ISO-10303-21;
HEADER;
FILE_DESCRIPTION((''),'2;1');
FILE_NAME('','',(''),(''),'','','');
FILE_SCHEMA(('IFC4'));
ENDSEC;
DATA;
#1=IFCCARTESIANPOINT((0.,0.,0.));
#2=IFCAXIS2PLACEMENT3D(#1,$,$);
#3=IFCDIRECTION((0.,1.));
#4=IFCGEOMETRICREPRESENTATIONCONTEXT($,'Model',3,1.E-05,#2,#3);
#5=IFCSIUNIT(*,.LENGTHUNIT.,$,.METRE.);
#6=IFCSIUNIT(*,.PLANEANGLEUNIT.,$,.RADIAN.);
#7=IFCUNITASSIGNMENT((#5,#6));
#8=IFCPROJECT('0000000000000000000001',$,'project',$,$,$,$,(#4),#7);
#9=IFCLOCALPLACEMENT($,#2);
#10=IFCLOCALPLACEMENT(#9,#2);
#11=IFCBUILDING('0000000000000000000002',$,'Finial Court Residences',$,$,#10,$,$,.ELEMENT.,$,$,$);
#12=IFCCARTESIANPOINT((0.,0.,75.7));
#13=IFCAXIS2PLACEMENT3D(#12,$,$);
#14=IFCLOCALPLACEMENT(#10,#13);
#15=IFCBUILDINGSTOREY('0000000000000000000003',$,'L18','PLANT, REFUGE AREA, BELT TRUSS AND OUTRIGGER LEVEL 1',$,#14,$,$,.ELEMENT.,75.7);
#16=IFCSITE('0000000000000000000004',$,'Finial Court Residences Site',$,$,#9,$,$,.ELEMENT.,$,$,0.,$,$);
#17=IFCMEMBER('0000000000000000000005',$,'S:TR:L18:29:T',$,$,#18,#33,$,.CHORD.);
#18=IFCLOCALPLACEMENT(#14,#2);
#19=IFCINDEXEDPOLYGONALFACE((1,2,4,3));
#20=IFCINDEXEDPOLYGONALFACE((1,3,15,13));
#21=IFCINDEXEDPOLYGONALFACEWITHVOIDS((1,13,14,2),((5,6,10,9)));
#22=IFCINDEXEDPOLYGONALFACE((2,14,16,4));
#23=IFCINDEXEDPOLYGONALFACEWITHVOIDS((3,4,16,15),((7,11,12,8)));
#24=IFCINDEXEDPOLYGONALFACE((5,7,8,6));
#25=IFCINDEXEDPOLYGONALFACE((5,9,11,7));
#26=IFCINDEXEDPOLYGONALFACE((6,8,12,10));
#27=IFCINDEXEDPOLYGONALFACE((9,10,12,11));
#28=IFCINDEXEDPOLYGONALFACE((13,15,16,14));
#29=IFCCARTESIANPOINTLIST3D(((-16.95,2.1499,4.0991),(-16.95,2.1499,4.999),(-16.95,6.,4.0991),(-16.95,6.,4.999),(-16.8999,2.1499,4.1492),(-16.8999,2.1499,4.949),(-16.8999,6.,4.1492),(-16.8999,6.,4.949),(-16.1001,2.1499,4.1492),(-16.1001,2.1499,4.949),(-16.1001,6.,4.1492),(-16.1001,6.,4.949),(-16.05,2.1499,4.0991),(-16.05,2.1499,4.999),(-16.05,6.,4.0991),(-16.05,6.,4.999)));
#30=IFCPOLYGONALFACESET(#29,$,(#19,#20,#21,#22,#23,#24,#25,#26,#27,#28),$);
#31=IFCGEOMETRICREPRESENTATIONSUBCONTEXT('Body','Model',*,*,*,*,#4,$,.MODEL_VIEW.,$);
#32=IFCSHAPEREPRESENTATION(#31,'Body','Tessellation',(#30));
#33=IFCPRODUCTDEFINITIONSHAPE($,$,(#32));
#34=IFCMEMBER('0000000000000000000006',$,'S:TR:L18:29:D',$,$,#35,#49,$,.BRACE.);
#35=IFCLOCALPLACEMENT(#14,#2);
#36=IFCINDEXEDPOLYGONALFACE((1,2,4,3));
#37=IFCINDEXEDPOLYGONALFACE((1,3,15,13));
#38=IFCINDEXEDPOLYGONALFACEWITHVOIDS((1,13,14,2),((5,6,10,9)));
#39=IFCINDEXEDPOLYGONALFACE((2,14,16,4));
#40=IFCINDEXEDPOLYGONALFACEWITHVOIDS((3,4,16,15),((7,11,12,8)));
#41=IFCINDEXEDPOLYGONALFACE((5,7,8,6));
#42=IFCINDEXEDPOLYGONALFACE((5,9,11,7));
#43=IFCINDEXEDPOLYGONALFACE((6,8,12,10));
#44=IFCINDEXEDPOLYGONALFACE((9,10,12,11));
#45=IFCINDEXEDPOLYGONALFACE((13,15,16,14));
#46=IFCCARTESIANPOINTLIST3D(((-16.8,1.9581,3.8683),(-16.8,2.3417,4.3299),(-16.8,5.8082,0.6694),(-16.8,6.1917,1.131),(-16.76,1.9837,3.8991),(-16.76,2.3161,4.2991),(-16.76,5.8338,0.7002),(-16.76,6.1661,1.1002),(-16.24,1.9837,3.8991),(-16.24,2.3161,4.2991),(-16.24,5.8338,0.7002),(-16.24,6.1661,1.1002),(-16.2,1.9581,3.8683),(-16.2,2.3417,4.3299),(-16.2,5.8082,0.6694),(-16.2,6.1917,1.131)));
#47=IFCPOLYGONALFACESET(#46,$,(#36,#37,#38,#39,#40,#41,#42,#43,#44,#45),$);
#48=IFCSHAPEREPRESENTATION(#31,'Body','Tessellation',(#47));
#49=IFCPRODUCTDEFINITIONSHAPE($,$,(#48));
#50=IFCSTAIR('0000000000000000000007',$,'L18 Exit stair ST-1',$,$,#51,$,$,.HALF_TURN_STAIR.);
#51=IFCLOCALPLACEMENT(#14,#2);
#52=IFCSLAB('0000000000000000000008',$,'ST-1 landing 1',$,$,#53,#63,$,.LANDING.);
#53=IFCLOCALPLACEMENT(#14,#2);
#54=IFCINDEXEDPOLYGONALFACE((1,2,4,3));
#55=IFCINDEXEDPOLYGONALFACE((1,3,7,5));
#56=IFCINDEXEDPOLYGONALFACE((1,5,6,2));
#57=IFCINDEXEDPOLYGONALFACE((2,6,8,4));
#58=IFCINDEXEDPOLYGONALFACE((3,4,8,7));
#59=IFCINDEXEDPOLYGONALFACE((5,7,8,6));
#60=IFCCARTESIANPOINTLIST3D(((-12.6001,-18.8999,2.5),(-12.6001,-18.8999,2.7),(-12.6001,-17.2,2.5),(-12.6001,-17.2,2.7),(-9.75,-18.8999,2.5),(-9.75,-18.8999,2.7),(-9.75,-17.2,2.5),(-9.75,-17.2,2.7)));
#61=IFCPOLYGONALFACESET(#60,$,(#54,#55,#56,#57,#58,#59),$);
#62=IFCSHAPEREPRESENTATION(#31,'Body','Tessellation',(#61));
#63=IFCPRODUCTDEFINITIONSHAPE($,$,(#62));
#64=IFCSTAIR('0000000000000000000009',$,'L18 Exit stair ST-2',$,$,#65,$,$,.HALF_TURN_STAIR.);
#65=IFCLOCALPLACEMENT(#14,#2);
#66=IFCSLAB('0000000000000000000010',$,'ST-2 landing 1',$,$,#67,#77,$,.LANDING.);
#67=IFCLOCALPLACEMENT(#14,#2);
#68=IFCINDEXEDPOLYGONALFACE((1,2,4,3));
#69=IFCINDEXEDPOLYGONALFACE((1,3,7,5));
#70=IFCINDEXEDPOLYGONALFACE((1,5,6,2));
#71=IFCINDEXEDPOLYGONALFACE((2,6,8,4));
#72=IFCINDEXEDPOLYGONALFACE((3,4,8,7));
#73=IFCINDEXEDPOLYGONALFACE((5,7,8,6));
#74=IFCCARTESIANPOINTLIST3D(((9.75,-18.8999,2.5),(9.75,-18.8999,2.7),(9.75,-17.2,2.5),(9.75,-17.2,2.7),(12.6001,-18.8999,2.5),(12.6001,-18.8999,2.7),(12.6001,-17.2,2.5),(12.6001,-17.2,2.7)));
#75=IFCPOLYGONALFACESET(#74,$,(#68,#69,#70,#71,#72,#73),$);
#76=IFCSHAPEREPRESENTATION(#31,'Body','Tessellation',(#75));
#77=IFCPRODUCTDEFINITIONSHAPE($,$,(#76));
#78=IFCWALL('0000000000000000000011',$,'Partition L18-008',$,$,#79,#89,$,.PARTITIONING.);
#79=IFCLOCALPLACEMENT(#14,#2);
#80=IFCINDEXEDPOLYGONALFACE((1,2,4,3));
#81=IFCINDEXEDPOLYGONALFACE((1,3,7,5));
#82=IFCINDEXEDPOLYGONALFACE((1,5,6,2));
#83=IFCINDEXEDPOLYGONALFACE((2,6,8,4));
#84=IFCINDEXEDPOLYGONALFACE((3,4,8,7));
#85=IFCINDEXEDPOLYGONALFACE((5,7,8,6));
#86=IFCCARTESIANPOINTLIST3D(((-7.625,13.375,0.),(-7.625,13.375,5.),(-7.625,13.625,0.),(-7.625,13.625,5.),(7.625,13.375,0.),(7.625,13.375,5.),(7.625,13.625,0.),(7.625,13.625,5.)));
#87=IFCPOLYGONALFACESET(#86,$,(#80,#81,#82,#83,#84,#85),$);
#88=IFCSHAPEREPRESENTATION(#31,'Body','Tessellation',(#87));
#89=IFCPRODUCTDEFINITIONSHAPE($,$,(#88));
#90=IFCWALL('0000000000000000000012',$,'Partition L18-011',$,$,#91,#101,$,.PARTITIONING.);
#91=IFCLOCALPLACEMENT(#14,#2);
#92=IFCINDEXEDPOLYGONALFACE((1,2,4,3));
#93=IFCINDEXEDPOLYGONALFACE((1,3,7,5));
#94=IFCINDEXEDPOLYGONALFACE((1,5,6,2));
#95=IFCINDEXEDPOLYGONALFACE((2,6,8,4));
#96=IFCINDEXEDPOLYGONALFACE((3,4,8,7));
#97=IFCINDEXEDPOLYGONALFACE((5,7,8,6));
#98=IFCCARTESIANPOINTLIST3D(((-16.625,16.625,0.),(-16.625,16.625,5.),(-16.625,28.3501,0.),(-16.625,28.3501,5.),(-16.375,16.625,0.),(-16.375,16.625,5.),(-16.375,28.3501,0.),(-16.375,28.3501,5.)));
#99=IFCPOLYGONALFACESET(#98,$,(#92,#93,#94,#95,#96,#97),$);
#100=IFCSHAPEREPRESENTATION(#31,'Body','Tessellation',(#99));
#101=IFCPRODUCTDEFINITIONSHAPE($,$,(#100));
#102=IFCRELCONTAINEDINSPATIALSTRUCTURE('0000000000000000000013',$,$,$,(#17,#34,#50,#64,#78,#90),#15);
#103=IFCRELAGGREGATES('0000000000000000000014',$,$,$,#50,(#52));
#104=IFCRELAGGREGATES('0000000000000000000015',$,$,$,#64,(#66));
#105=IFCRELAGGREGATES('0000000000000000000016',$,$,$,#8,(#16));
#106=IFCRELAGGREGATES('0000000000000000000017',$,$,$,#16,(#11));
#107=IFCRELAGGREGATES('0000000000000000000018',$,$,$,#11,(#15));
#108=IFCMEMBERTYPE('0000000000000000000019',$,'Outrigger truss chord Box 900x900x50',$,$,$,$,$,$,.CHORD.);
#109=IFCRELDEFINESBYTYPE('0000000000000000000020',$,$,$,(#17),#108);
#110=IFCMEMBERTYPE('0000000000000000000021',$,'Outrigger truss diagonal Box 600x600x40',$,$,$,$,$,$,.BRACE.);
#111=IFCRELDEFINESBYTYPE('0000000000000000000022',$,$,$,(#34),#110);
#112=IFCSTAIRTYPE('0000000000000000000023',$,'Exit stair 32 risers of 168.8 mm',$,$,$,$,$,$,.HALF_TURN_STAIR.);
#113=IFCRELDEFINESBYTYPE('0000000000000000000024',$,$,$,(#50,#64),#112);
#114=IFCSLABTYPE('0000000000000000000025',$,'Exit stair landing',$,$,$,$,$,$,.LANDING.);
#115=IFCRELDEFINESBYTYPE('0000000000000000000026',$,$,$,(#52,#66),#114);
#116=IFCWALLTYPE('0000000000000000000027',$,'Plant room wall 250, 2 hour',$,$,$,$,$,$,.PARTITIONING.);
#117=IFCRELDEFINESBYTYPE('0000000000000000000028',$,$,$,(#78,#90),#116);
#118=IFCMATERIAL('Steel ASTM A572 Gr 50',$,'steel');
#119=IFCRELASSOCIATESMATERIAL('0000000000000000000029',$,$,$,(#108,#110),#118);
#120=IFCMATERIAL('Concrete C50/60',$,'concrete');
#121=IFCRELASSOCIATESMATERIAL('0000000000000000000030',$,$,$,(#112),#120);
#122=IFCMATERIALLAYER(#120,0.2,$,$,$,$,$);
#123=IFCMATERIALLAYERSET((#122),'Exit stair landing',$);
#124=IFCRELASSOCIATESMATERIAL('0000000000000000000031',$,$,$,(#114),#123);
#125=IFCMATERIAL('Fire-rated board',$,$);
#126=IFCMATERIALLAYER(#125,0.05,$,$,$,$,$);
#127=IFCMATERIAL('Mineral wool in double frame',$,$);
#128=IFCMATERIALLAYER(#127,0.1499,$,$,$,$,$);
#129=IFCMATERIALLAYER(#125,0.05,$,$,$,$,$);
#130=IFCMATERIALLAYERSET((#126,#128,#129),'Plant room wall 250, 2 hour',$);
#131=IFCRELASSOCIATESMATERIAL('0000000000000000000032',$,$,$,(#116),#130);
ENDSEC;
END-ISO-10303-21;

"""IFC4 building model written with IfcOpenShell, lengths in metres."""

from ifc_helpers import new_model, si_unit, direction, frame, frame_2d, origin, origin_2d, place, context, subcontext, project, spatial, polyline, rectangle, hollow_rectangle, outline, extrude, material, layer, layer_set, material_profile, profile_set, type_object, element, aggregate, save


model = new_model("IFC4")

# Units and contexts
model_context = context("Model", 3, precision=1e-05, world=origin(), true_north=direction((0.0, 1.0)))
body_context = subcontext(model_context, "Body", "Model", "MODEL_VIEW")
ifc_project = project(units=[si_unit("LENGTHUNIT", "METRE"), si_unit("PLANEANGLEUNIT", "RADIAN")], contexts=[model_context])

# Site, building, storey
site_placement = place(None, origin())
site = spatial("IfcSite", under=ifc_project, at=site_placement, Name="Finial Court Residences Site", CompositionType="ELEMENT", RefElevation=0.0)
building_placement = place(site_placement, origin())
building = spatial("IfcBuilding", under=site, at=building_placement, Name="Finial Court Residences", CompositionType="ELEMENT")
storey_placement = place(building_placement, frame((0.0, 0.0, 75.7)))
storey = spatial("IfcBuildingStorey", under=building, at=storey_placement, Name="L18", Description="PLANT, REFUGE AREA, BELT TRUSS AND OUTRIGGER LEVEL 1", CompositionType="ELEMENT", Elevation=75.7)

# Members
ifc_material_1 = material(Name="Steel ASTM A572 Gr 50", Category="steel")
ifc_material_profile_1 = material_profile(ifc_material_1, hollow_rectangle(XDim=0.8999, YDim=0.8999, WallThickness=0.05, at=origin_2d()), Name="Box 900x900x50")
ifc_profile_set_1 = profile_set([ifc_material_profile_1], Name="Steel ASTM A572 Gr 50")
member_type_1 = type_object("IfcMemberType", Name="Outrigger truss chord Box 900x900x50", PredefinedType="CHORD", material=ifc_profile_set_1)
for number, where, z_axis, x_axis, name in (
    (1, (-16.5, 2.1499, 4.5491), (0.0, 1.0, 0.0), (-1.0, 0.0, 0.0), "S:TR:L18:29:T"),
):
    element("IfcMember", number, at=place(storey_placement, frame(where, z_axis=z_axis, x_axis=x_axis)), inside=storey, type_object=member_type_1, Name=name, PredefinedType="CHORD", context=body_context, shape_type="SweptSolid", body=[
        extrude(hollow_rectangle(XDim=0.8999, YDim=0.8999, WallThickness=0.05, at=origin_2d()), origin(), (0.0, 0.0, 1.0), 3.8501),
    ])
ifc_material_profile_2 = material_profile(ifc_material_1, hollow_rectangle(XDim=0.6001, YDim=0.6001, WallThickness=0.04, at=origin_2d()), Name="Box 600x600x40")
ifc_profile_set_2 = profile_set([ifc_material_profile_2], Name="Steel ASTM A572 Gr 50")
member_type_2 = type_object("IfcMemberType", Name="Outrigger truss diagonal Box 600x600x40", PredefinedType="BRACE", material=ifc_profile_set_2)
member_1_placement = place(storey_placement, frame((-16.5, 2.1499, 4.0991), z_axis=(0.0, 0.769148, -0.639071), x_axis=(-1.0, 0.0, 0.0)))
element("IfcMember", 2, at=member_1_placement, inside=storey, type_object=member_type_2, Name="S:TR:L18:29:D", PredefinedType="BRACE", context=body_context, shape_type="SweptSolid", body=[
    extrude(hollow_rectangle(XDim=0.6001, YDim=0.6001, WallThickness=0.04, at=origin_2d()), origin(), (0.0, 0.0, 1.0), 5.0056),
])

# Stairs, slabs
ifc_material_2 = material(Name="Concrete C50/60", Category="concrete")
stair_type = type_object("IfcStairType", Name="Exit stair 32 risers of 168.8 mm", PredefinedType="HALF_TURN_STAIR", material=ifc_material_2)
stair_1_placement = place(storey_placement, origin())
stair_1 = element("IfcStair", 3, at=stair_1_placement, inside=storey, type_object=stair_type, Name="L18 Exit stair ST-1", PredefinedType="HALF_TURN_STAIR")
ifc_layer_1 = layer(ifc_material_2, 0.2)
ifc_layer_set_1 = layer_set([ifc_layer_1], Name="Exit stair landing")
slab_type = type_object("IfcSlabType", Name="Exit stair landing", PredefinedType="LANDING", material=ifc_layer_set_1)
slab_1_placement = place(storey_placement, frame((0.0, 0.0, 2.5)))
slab_1 = element("IfcSlab", 4, at=slab_1_placement, type_object=slab_type, Name="ST-1 landing 1", PredefinedType="LANDING", context=body_context, shape_type="SweptSolid", body=[
    extrude(outline(polyline([(-9.75, -18.8999), (-9.75, -17.2), (-12.6001, -17.2), (-12.6001, -18.8999), (-9.75, -18.8999)])), origin(), (0.0, 0.0, 1.0), 0.2),
])
aggregate(stair_1, [slab_1])
stair_2_placement = place(storey_placement, origin())
stair_2 = element("IfcStair", 5, at=stair_2_placement, inside=storey, type_object=stair_type, Name="L18 Exit stair ST-2", PredefinedType="HALF_TURN_STAIR")
slab_2_placement = place(storey_placement, frame((0.0, 0.0, 2.5)))
slab_2 = element("IfcSlab", 6, at=slab_2_placement, type_object=slab_type, Name="ST-2 landing 1", PredefinedType="LANDING", context=body_context, shape_type="SweptSolid", body=[
    extrude(outline(polyline([(12.6001, -18.8999), (12.6001, -17.2), (9.75, -17.2), (9.75, -18.8999), (12.6001, -18.8999)])), origin(), (0.0, 0.0, 1.0), 0.2),
])
aggregate(stair_2, [slab_2])

# Walls
ifc_material_3 = material(Name="Fire-rated board")
ifc_layer_2 = layer(ifc_material_3, 0.05)
ifc_material_4 = material(Name="Mineral wool in double frame")
ifc_layer_3 = layer(ifc_material_4, 0.1499)
ifc_layer_4 = layer(ifc_material_3, 0.05)
ifc_layer_set_2 = layer_set([ifc_layer_2, ifc_layer_3, ifc_layer_4], Name="Plant room wall 250, 2 hour")
wall_type = type_object("IfcWallType", Name="Plant room wall 250, 2 hour", PredefinedType="PARTITIONING", material=ifc_layer_set_2)
wall_1_placement = place(storey_placement, frame((-7.625, 13.5, 0.0), z_axis=(0.0, 0.0, 1.0), x_axis=(1.0, 0.0, 0.0)))
element("IfcWall", 7, at=wall_1_placement, inside=storey, type_object=wall_type, Name="Partition L18-008", PredefinedType="PARTITIONING", context=body_context, shape_type="SweptSolid", body=[
    extrude(rectangle(XDim=15.25, YDim=0.25, at=frame_2d((7.625, 0.0))), origin(), (0.0, 0.0, 1.0), 5.0),
])
wall_2_placement = place(storey_placement, frame((-16.5, 16.625, 0.0), z_axis=(0.0, 0.0, 1.0), x_axis=(0.0, 1.0, 0.0)))
element("IfcWall", 8, at=wall_2_placement, inside=storey, type_object=wall_type, Name="Partition L18-011", PredefinedType="PARTITIONING", context=body_context, shape_type="SweptSolid", body=[
    extrude(rectangle(XDim=11.7251, YDim=0.25, at=frame_2d((5.8625, 0.0))), origin(), (0.0, 0.0, 1.0), 5.0),
])

save(model, "model.ifc")
